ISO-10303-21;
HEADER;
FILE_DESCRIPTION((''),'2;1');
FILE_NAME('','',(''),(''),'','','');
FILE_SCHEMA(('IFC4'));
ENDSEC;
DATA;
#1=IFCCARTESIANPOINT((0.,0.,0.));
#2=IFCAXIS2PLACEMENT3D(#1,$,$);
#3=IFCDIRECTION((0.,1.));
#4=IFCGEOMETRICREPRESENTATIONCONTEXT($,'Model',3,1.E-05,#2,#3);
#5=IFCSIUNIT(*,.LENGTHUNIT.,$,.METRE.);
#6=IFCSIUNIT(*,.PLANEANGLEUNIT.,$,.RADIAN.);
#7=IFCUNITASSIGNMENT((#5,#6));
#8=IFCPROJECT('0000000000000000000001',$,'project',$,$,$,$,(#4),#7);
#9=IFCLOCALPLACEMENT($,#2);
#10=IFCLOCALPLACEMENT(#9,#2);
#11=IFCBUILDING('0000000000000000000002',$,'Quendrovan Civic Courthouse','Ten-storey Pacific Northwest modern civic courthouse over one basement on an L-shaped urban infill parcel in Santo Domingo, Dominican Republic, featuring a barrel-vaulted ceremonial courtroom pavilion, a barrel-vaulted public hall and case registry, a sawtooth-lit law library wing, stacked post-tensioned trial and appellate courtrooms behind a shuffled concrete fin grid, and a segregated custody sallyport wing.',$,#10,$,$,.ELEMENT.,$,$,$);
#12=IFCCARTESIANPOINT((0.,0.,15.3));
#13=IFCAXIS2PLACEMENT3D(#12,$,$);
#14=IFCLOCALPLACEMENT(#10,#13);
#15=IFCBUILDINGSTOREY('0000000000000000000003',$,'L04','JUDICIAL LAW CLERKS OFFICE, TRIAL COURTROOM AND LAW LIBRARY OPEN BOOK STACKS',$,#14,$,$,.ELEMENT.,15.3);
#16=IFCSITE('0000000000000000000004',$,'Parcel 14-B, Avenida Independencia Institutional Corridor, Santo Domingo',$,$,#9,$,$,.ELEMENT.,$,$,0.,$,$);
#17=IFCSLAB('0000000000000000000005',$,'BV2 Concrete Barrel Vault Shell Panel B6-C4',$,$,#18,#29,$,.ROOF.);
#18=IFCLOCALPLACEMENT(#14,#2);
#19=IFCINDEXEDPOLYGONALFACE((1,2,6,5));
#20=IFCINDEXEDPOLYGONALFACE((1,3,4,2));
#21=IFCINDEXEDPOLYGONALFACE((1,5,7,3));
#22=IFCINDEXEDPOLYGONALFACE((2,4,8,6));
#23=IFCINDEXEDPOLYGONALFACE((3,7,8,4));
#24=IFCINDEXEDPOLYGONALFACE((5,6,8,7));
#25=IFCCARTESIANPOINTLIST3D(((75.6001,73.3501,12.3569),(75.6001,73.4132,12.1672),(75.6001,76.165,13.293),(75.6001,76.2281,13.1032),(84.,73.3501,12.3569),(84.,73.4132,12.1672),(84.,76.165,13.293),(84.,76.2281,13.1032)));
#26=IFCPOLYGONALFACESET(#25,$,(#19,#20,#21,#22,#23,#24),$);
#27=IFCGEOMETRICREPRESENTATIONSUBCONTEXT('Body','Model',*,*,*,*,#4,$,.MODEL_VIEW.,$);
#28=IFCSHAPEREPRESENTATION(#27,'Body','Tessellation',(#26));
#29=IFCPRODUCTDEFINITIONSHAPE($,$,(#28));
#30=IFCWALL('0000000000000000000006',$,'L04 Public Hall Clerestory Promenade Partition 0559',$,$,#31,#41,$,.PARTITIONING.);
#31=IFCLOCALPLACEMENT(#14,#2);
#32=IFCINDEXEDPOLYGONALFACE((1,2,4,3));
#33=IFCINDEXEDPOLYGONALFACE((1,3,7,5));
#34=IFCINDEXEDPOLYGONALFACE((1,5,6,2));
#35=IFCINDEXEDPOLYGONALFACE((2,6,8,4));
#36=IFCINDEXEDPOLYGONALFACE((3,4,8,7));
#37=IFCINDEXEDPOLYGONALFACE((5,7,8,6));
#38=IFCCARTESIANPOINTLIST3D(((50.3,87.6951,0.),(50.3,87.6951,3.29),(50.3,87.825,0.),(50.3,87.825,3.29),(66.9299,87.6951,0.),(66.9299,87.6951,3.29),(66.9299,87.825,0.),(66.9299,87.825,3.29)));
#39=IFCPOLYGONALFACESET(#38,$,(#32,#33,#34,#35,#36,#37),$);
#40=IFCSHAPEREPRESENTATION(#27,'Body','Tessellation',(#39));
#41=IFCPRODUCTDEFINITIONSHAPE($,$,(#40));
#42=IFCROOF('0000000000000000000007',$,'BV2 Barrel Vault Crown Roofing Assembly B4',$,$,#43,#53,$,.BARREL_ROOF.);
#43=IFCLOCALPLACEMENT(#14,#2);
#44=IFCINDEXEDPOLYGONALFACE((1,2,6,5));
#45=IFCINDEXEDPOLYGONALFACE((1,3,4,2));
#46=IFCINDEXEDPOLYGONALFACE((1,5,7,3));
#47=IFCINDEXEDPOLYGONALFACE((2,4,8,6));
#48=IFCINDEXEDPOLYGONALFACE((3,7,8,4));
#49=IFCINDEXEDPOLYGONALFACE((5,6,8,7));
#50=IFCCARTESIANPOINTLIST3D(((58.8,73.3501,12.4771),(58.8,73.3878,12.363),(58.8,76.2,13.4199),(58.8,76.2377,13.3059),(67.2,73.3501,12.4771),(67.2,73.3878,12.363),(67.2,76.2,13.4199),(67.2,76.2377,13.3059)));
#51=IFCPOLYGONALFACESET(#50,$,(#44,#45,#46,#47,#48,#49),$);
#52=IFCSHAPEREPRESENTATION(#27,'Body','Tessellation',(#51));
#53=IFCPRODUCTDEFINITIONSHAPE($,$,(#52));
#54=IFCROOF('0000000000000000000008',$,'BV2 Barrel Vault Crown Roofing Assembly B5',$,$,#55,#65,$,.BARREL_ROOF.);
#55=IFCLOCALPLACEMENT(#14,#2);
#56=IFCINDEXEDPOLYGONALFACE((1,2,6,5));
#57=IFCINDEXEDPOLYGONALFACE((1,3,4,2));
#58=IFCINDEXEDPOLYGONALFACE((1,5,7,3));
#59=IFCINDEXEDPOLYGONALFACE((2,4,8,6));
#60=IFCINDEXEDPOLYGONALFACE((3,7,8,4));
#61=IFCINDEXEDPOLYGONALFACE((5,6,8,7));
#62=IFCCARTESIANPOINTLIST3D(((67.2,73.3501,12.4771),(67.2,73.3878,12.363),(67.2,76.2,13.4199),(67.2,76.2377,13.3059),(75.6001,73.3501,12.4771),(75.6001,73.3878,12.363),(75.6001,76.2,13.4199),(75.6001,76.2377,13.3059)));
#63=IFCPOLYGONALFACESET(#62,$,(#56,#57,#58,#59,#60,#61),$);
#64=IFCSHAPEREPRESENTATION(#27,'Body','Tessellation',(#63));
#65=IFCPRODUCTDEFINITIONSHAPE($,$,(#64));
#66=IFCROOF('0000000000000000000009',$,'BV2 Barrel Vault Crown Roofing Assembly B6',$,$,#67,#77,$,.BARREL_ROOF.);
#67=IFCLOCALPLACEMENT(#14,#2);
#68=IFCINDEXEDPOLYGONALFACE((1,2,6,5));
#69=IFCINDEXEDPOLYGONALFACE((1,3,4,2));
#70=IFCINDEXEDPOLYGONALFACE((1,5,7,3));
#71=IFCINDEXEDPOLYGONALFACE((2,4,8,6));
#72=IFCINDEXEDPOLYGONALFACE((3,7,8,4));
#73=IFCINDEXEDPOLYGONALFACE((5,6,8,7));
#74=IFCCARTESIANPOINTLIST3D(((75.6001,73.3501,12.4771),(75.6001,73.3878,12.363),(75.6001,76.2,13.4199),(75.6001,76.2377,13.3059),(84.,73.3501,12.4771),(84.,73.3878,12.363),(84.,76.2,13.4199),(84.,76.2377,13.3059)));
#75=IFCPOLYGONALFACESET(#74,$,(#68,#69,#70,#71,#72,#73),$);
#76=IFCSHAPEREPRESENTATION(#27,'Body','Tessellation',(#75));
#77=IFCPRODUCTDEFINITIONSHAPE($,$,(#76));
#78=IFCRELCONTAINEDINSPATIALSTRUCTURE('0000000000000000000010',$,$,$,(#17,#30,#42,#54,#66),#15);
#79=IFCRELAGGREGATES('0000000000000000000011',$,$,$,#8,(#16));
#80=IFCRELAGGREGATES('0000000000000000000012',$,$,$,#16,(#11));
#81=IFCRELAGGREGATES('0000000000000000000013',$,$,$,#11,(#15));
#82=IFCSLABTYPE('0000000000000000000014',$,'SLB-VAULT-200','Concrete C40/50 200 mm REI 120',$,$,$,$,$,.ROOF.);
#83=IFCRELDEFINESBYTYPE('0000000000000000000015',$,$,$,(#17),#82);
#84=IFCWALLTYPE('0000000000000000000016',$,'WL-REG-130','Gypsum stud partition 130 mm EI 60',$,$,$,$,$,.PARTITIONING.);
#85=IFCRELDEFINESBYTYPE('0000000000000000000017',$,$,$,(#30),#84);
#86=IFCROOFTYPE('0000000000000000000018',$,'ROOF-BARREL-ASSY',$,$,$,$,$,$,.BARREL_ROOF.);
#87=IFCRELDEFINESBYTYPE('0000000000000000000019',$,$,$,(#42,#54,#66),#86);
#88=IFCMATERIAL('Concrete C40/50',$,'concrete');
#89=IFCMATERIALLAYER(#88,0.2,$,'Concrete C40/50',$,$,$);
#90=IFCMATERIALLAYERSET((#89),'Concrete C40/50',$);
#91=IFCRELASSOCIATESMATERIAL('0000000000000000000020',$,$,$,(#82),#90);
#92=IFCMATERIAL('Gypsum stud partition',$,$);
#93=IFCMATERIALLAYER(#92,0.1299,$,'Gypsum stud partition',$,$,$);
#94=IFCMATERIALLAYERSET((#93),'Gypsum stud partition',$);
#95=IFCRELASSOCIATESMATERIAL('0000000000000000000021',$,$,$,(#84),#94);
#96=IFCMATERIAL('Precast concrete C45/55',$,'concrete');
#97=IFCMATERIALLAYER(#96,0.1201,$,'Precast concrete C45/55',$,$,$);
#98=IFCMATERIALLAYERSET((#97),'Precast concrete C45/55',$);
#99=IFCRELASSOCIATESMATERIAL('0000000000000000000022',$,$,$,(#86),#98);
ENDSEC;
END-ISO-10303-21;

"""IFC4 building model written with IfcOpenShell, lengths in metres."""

from ifc_helpers import new_model, si_unit, direction, frame, frame_2d, origin, place, context, subcontext, project, spatial, polyline, rectangle, outline, extrude, material, layer, layer_set, type_object, element, save


model = new_model("IFC4")

# Units and contexts
model_context = context("Model", 3, precision=1e-05, world=origin(), true_north=direction((0.0, 1.0)))
body_context = subcontext(model_context, "Body", "Model", "MODEL_VIEW")
ifc_project = project(units=[si_unit("LENGTHUNIT", "METRE"), si_unit("PLANEANGLEUNIT", "RADIAN")], contexts=[model_context])

# Site, building, storey
site_placement = place(None, origin())
site = spatial("IfcSite", under=ifc_project, at=site_placement, Name="Parcel 14-B, Avenida Independencia Institutional Corridor, Santo Domingo", CompositionType="ELEMENT", RefElevation=0.0)
building_placement = place(site_placement, origin())
building = spatial("IfcBuilding", under=site, at=building_placement, Name="Quendrovan Civic Courthouse", Description="Ten-storey Pacific Northwest modern civic courthouse over one basement on an L-shaped urban infill parcel in Santo Domingo, Dominican Republic, featuring a barrel-vaulted ceremonial courtroom pavilion, a barrel-vaulted public hall and case registry, a sawtooth-lit law library wing, stacked post-tensioned trial and appellate courtrooms behind a shuffled concrete fin grid, and a segregated custody sallyport wing.", CompositionType="ELEMENT")
storey_placement = place(building_placement, frame((0.0, 0.0, 15.3)))
storey = spatial("IfcBuildingStorey", under=building, at=storey_placement, Name="L04", Description="JUDICIAL LAW CLERKS OFFICE, TRIAL COURTROOM AND LAW LIBRARY OPEN BOOK STACKS", CompositionType="ELEMENT", Elevation=15.3)

# Shared definitions
ifc_material_1 = material(Name="Concrete C40/50", Category="concrete")

# Slab
ifc_layer_1 = layer(ifc_material_1, 0.2, Name="Concrete C40/50")
ifc_layer_set_1 = layer_set([ifc_layer_1], Name="Concrete C40/50")
slab_type = type_object("IfcSlabType", Name="SLB-VAULT-200", Description="Concrete C40/50 200 mm REI 120", PredefinedType="ROOF", material=ifc_layer_set_1)
slab_1_placement = place(storey_placement, frame((75.6001, 73.3501, 12.3569), z_axis=(0.0, -0.315536, 0.948913), x_axis=(1.0, 0.0, 0.0)))
element("IfcSlab", 1, at=slab_1_placement, inside=storey, type_object=slab_type, Name="BV2 Concrete Barrel Vault Shell Panel B6-C4", PredefinedType="ROOF", context=body_context, shape_type="SweptSolid", body=[
    extrude(outline(polyline([(0.0, 0.0), (8.3999, 0.0), (8.3999, 2.9665), (0.0, 2.9665), (0.0, 0.0)])), origin(), (0.0, 0.0, -1.0), 0.2),
])

# Wall
ifc_material_2 = material(Name="Gypsum stud partition")
ifc_layer_2 = layer(ifc_material_2, 0.1299, Name="Gypsum stud partition")
ifc_layer_set_2 = layer_set([ifc_layer_2], Name="Gypsum stud partition")
wall_type = type_object("IfcWallType", Name="WL-REG-130", Description="Gypsum stud partition 130 mm EI 60", PredefinedType="PARTITIONING", material=ifc_layer_set_2)
wall_placement = place(storey_placement, frame((66.9299, 87.76, 0.0), z_axis=(0.0, 0.0, 1.0), x_axis=(-1.0, 0.0, 0.0)))
element("IfcWall", 2, at=wall_placement, inside=storey, type_object=wall_type, Name="L04 Public Hall Clerestory Promenade Partition 0559", PredefinedType="PARTITIONING", context=body_context, shape_type="SweptSolid", body=[
    extrude(rectangle(XDim=16.6299, YDim=0.1299, at=frame_2d((8.3149, 0.0))), origin(), (0.0, 0.0, 1.0), 3.29),
])

# Roofs
ifc_material_3 = material(Name="Precast concrete C45/55", Category="concrete")
ifc_layer_3 = layer(ifc_material_3, 0.1201, Name="Precast concrete C45/55")
ifc_layer_set_3 = layer_set([ifc_layer_3], Name="Precast concrete C45/55")
roof_type = type_object("IfcRoofType", Name="ROOF-BARREL-ASSY", PredefinedType="BARREL_ROOF", material=ifc_layer_set_3)
roof_1_placement = place(storey_placement, frame((58.8, 73.3501, 12.4771), z_axis=(0.0, -0.314104, 0.949389), x_axis=(1.0, 0.0, 0.0)))
element("IfcRoof", 3, at=roof_1_placement, inside=storey, type_object=roof_type, Name="BV2 Barrel Vault Crown Roofing Assembly B4", PredefinedType="BARREL_ROOF", context=body_context, shape_type="SweptSolid", body=[
    extrude(outline(polyline([(0.0, 0.0), (8.3999, 0.0), (8.3999, 3.0018), (0.0, 3.0018), (0.0, 0.0)])), origin(), (0.0, 0.0, -1.0), 0.1201),
])
roof_2_placement = place(storey_placement, frame((67.2, 73.3501, 12.4771), z_axis=(0.0, -0.314104, 0.949389), x_axis=(1.0, 0.0, 0.0)))
element("IfcRoof", 4, at=roof_2_placement, inside=storey, type_object=roof_type, Name="BV2 Barrel Vault Crown Roofing Assembly B5", PredefinedType="BARREL_ROOF", context=body_context, shape_type="SweptSolid", body=[
    extrude(outline(polyline([(0.0, 0.0), (8.4001, 0.0), (8.4001, 3.0018), (0.0, 3.0018), (0.0, 0.0)])), origin(), (0.0, 0.0, -1.0), 0.1201),
])
roof_3_placement = place(storey_placement, frame((75.6001, 73.3501, 12.4771), z_axis=(0.0, -0.314104, 0.949389), x_axis=(1.0, 0.0, 0.0)))
element("IfcRoof", 5, at=roof_3_placement, inside=storey, type_object=roof_type, Name="BV2 Barrel Vault Crown Roofing Assembly B6", PredefinedType="BARREL_ROOF", context=body_context, shape_type="SweptSolid", body=[
    extrude(outline(polyline([(0.0, 0.0), (8.3999, 0.0), (8.3999, 3.0018), (0.0, 3.0018), (0.0, 0.0)])), origin(), (0.0, 0.0, -1.0), 0.1201),
])

save(model, "model.ifc")
